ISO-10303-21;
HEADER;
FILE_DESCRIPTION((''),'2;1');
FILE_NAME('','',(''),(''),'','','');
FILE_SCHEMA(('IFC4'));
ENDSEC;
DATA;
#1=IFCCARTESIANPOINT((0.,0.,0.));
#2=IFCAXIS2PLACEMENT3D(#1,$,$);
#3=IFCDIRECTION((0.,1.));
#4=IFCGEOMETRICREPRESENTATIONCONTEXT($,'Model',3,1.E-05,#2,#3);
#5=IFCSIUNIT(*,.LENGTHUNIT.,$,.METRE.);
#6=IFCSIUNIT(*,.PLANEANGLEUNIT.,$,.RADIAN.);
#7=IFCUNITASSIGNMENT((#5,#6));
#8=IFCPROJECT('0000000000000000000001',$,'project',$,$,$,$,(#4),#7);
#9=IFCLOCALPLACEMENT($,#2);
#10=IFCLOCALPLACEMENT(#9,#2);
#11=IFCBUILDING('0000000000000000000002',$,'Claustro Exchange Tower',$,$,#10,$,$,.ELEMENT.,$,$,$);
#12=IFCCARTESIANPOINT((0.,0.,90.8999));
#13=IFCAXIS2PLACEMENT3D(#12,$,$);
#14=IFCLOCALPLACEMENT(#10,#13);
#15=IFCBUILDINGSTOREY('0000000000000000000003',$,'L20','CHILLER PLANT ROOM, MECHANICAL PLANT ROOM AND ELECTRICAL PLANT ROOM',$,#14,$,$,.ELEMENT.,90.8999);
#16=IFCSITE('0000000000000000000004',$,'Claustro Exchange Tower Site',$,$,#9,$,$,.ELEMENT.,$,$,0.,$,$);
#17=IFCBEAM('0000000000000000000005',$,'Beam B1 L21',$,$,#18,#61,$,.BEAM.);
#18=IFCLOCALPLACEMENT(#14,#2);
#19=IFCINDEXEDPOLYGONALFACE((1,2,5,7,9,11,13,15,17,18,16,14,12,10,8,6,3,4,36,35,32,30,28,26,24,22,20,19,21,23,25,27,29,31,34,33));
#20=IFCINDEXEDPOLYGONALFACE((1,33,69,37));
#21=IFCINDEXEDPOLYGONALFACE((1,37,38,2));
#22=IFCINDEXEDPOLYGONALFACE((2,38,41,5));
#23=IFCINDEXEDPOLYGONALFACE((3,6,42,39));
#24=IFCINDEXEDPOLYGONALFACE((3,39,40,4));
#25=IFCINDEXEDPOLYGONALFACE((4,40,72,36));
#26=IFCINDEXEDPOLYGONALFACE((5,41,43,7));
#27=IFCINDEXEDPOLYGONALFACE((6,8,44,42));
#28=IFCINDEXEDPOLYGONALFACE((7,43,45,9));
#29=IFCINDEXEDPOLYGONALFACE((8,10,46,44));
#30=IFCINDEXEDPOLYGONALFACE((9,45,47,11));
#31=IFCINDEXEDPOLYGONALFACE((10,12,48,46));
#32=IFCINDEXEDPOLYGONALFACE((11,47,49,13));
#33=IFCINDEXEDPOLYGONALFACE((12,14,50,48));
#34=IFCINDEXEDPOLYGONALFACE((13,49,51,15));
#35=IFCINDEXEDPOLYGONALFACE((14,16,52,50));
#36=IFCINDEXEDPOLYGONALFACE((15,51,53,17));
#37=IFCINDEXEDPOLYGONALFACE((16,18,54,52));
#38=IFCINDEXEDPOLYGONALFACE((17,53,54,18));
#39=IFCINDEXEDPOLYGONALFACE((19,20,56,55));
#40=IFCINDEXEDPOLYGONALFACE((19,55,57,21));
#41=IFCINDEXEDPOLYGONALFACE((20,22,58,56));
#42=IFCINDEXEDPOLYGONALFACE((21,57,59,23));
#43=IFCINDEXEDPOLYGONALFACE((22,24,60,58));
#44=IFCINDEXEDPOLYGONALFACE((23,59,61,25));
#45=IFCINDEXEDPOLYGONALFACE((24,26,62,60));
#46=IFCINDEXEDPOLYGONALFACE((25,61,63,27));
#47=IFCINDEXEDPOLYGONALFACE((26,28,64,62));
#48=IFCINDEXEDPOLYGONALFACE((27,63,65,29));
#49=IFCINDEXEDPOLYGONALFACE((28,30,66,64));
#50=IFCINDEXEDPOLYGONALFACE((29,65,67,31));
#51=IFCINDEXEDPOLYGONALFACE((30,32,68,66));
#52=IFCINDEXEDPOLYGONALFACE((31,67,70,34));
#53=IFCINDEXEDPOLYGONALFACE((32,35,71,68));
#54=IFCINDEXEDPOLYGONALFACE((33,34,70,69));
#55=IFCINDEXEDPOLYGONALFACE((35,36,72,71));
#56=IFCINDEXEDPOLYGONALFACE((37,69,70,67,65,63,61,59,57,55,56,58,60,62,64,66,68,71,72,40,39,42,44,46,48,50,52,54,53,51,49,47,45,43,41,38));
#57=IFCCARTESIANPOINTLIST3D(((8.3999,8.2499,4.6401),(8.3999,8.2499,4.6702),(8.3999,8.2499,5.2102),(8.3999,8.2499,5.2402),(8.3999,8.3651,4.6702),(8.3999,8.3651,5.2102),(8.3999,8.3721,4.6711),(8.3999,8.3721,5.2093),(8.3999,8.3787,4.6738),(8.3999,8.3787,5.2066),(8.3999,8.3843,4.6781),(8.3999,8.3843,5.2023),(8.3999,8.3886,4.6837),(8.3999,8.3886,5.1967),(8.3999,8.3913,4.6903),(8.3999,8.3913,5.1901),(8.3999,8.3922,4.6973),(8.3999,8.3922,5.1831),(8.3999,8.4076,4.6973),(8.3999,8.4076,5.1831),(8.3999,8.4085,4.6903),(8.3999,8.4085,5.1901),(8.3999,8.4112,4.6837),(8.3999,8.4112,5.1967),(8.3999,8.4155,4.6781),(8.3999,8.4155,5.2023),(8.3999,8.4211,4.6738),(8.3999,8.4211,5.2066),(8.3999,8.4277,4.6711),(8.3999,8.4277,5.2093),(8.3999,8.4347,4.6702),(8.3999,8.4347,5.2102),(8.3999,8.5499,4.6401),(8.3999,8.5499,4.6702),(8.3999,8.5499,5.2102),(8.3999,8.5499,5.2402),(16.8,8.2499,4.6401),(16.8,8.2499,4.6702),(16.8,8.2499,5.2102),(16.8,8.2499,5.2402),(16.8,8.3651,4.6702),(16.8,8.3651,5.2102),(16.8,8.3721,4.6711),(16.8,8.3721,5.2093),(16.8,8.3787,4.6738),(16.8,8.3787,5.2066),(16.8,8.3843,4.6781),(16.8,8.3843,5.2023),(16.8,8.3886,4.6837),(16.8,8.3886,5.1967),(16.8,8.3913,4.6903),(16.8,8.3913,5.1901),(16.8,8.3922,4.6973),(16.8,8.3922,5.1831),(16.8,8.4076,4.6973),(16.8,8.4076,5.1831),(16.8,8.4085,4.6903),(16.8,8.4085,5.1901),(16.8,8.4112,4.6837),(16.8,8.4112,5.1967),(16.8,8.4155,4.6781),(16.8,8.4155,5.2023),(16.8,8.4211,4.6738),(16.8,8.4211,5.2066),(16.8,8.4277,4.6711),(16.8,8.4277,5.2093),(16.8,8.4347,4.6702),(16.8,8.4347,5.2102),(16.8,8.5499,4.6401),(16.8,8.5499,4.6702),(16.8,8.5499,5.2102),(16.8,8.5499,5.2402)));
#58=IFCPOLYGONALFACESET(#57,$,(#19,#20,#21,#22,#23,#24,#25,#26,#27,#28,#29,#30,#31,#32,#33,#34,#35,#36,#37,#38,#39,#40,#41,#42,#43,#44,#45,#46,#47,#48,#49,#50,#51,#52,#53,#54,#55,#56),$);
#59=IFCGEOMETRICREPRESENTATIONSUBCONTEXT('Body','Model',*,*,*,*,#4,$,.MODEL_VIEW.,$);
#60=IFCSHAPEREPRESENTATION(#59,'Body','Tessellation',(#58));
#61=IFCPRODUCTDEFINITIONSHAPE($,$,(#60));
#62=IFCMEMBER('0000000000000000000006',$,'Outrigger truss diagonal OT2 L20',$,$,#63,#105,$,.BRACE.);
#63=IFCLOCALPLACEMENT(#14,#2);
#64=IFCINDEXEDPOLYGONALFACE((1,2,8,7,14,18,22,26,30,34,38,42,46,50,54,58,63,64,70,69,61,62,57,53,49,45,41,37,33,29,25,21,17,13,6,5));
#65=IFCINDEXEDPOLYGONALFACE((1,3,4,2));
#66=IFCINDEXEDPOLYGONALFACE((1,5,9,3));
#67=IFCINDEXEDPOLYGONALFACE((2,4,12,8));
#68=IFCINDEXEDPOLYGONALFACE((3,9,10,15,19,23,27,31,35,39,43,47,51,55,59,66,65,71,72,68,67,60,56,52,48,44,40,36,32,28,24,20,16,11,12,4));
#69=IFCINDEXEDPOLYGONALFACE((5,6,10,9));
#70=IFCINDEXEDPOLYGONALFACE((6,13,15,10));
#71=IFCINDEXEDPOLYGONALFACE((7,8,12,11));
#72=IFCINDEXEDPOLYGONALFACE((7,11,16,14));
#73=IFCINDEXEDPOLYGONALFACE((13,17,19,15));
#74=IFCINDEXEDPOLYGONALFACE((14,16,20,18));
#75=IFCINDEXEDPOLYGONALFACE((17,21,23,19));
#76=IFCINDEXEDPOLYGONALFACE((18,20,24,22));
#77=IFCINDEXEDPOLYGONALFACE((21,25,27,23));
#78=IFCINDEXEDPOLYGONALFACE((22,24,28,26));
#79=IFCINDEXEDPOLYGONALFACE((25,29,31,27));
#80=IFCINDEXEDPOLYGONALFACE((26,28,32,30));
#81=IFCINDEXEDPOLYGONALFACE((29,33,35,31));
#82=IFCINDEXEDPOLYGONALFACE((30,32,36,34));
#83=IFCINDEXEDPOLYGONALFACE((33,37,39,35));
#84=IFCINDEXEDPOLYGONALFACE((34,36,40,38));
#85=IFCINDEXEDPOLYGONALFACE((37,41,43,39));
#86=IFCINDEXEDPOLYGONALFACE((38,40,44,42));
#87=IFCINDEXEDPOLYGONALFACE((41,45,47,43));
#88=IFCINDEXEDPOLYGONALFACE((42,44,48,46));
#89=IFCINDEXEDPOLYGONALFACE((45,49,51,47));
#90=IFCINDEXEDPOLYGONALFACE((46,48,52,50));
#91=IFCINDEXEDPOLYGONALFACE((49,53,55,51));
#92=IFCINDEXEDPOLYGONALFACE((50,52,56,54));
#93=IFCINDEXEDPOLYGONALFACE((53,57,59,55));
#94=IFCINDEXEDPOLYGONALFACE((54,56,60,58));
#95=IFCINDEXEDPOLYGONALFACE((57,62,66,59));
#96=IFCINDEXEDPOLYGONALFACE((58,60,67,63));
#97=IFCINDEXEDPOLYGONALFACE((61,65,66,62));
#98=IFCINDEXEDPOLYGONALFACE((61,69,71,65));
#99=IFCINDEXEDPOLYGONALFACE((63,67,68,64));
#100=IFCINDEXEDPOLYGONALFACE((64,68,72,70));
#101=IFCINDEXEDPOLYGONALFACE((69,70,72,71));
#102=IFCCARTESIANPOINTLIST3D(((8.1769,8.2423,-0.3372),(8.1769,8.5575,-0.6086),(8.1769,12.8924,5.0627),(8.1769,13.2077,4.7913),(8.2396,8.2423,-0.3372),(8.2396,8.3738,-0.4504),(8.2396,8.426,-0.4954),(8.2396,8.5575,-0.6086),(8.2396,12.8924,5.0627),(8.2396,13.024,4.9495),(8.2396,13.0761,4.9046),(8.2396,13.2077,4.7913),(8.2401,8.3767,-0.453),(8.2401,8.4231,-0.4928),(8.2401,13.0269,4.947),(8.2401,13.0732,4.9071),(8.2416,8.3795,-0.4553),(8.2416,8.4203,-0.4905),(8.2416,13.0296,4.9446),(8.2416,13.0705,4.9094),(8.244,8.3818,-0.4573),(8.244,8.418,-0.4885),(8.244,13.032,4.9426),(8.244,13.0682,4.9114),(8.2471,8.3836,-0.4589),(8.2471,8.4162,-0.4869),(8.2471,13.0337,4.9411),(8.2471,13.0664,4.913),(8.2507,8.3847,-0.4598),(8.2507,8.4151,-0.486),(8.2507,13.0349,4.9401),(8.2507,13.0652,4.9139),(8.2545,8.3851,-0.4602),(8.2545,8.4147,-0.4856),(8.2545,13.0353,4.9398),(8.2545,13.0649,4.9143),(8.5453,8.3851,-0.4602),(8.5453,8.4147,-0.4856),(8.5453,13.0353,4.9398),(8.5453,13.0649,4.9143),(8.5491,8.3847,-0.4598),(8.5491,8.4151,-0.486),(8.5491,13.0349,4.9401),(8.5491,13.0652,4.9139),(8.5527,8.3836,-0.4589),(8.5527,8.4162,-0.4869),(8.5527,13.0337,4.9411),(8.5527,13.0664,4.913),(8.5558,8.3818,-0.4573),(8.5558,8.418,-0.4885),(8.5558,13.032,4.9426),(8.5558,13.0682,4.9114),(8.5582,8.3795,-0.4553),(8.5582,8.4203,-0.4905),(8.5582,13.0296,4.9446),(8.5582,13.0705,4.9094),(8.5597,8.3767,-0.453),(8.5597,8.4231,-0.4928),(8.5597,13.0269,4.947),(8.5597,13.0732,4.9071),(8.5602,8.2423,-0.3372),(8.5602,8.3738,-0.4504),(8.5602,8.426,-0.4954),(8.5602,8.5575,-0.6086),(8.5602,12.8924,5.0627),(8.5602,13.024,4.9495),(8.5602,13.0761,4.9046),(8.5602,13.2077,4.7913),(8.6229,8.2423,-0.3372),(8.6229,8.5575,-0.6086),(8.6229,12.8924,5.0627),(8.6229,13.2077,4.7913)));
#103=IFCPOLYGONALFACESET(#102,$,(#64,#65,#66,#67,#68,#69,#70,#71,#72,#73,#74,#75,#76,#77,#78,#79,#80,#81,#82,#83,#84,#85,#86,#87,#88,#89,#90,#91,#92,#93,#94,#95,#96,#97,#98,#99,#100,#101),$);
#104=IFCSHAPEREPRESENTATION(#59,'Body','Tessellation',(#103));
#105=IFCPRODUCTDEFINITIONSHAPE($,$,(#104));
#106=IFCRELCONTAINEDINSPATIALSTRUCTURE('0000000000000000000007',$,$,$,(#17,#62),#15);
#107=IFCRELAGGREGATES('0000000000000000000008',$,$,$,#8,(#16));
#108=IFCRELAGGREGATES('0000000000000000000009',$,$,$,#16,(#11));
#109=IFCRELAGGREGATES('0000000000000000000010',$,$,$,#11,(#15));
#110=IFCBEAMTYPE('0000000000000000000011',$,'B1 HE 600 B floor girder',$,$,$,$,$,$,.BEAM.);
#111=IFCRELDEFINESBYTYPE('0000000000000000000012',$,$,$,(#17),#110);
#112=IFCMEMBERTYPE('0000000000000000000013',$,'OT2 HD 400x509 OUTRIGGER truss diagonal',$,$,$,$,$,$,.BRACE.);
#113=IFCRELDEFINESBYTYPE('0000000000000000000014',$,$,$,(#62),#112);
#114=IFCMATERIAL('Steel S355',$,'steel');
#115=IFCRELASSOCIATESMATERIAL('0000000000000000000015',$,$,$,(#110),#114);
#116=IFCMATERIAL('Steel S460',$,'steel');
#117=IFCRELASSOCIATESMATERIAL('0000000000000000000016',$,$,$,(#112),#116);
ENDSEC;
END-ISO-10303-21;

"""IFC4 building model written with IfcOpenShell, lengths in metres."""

from ifc_helpers import new_model, si_unit, direction, frame, origin, origin_2d, place, context, subcontext, project, spatial, i_section, extrude, material, material_profile, profile_set, type_object, element, save


model = new_model("IFC4")

# Units and contexts
model_context = context("Model", 3, precision=1e-05, world=origin(), true_north=direction((0.0, 1.0)))
body_context = subcontext(model_context, "Body", "Model", "MODEL_VIEW")
ifc_project = project(units=[si_unit("LENGTHUNIT", "METRE"), si_unit("PLANEANGLEUNIT", "RADIAN")], contexts=[model_context])

# Site, building, storey
site_placement = place(None, origin())
site = spatial("IfcSite", under=ifc_project, at=site_placement, Name="Claustro Exchange Tower Site", CompositionType="ELEMENT", RefElevation=0.0)
building_placement = place(site_placement, origin())
building = spatial("IfcBuilding", under=site, at=building_placement, Name="Claustro Exchange Tower", CompositionType="ELEMENT")
storey_placement = place(building_placement, frame((0.0, 0.0, 90.8999)))
storey = spatial("IfcBuildingStorey", under=building, at=storey_placement, Name="L20", Description="CHILLER PLANT ROOM, MECHANICAL PLANT ROOM AND ELECTRICAL PLANT ROOM", CompositionType="ELEMENT", Elevation=90.8999)

# Beam
ifc_material_1 = material(Name="Steel S355", Category="steel")
ifc_material_profile_1 = material_profile(ifc_material_1, i_section(OverallWidth=0.3, OverallDepth=0.6001, WebThickness=0.0154, FlangeThickness=0.03, FilletRadius=0.0271, at=origin_2d()), Name="HE 600 B")
ifc_profile_set_1 = profile_set([ifc_material_profile_1], Name="Steel S355")
beam_type = type_object("IfcBeamType", Name="B1 HE 600 B floor girder", PredefinedType="BEAM", material=ifc_profile_set_1)
beam_placement = place(storey_placement, frame((8.3999, 8.3999, 4.9402), z_axis=(1.0, 0.0, 0.0), x_axis=(0.0, 1.0, 0.0)))
element("IfcBeam", 1, at=beam_placement, inside=storey, type_object=beam_type, Name="Beam B1 L21", PredefinedType="BEAM", context=body_context, shape_type="SweptSolid", body=[
    extrude(i_section(OverallWidth=0.3, OverallDepth=0.6001, WebThickness=0.0154, FlangeThickness=0.03, FilletRadius=0.0271, at=origin_2d()), origin(), (0.0, 0.0, 1.0), 8.4001),
])

# Member
ifc_material_2 = material(Name="Steel S460", Category="steel")
ifc_material_profile_2 = material_profile(ifc_material_2, i_section(OverallWidth=0.416, OverallDepth=0.446, WebThickness=0.0391, FlangeThickness=0.0627, FilletRadius=0.0149, at=origin_2d()), Name="HD 400x509")
ifc_profile_set_2 = profile_set([ifc_material_profile_2], Name="Steel S460")
member_type = type_object("IfcMemberType", Name="OT2 HD 400x509 OUTRIGGER truss diagonal", PredefinedType="BRACE", material=ifc_profile_set_2)
member_placement = place(storey_placement, frame((8.3999, 8.3999, -0.4729), z_axis=(0.0, 0.652542, 0.757753), x_axis=(0.0, -0.757753, 0.652542)))
element("IfcMember", 2, at=member_placement, inside=storey, type_object=member_type, Name="Outrigger truss diagonal OT2 L20", PredefinedType="BRACE", context=body_context, shape_type="SweptSolid", body=[
    extrude(i_section(OverallWidth=0.416, OverallDepth=0.446, WebThickness=0.0391, FlangeThickness=0.0627, FilletRadius=0.0149, at=origin_2d()), origin(), (0.0, 0.0, 1.0), 7.1262),
])

save(model, "model.ifc")
